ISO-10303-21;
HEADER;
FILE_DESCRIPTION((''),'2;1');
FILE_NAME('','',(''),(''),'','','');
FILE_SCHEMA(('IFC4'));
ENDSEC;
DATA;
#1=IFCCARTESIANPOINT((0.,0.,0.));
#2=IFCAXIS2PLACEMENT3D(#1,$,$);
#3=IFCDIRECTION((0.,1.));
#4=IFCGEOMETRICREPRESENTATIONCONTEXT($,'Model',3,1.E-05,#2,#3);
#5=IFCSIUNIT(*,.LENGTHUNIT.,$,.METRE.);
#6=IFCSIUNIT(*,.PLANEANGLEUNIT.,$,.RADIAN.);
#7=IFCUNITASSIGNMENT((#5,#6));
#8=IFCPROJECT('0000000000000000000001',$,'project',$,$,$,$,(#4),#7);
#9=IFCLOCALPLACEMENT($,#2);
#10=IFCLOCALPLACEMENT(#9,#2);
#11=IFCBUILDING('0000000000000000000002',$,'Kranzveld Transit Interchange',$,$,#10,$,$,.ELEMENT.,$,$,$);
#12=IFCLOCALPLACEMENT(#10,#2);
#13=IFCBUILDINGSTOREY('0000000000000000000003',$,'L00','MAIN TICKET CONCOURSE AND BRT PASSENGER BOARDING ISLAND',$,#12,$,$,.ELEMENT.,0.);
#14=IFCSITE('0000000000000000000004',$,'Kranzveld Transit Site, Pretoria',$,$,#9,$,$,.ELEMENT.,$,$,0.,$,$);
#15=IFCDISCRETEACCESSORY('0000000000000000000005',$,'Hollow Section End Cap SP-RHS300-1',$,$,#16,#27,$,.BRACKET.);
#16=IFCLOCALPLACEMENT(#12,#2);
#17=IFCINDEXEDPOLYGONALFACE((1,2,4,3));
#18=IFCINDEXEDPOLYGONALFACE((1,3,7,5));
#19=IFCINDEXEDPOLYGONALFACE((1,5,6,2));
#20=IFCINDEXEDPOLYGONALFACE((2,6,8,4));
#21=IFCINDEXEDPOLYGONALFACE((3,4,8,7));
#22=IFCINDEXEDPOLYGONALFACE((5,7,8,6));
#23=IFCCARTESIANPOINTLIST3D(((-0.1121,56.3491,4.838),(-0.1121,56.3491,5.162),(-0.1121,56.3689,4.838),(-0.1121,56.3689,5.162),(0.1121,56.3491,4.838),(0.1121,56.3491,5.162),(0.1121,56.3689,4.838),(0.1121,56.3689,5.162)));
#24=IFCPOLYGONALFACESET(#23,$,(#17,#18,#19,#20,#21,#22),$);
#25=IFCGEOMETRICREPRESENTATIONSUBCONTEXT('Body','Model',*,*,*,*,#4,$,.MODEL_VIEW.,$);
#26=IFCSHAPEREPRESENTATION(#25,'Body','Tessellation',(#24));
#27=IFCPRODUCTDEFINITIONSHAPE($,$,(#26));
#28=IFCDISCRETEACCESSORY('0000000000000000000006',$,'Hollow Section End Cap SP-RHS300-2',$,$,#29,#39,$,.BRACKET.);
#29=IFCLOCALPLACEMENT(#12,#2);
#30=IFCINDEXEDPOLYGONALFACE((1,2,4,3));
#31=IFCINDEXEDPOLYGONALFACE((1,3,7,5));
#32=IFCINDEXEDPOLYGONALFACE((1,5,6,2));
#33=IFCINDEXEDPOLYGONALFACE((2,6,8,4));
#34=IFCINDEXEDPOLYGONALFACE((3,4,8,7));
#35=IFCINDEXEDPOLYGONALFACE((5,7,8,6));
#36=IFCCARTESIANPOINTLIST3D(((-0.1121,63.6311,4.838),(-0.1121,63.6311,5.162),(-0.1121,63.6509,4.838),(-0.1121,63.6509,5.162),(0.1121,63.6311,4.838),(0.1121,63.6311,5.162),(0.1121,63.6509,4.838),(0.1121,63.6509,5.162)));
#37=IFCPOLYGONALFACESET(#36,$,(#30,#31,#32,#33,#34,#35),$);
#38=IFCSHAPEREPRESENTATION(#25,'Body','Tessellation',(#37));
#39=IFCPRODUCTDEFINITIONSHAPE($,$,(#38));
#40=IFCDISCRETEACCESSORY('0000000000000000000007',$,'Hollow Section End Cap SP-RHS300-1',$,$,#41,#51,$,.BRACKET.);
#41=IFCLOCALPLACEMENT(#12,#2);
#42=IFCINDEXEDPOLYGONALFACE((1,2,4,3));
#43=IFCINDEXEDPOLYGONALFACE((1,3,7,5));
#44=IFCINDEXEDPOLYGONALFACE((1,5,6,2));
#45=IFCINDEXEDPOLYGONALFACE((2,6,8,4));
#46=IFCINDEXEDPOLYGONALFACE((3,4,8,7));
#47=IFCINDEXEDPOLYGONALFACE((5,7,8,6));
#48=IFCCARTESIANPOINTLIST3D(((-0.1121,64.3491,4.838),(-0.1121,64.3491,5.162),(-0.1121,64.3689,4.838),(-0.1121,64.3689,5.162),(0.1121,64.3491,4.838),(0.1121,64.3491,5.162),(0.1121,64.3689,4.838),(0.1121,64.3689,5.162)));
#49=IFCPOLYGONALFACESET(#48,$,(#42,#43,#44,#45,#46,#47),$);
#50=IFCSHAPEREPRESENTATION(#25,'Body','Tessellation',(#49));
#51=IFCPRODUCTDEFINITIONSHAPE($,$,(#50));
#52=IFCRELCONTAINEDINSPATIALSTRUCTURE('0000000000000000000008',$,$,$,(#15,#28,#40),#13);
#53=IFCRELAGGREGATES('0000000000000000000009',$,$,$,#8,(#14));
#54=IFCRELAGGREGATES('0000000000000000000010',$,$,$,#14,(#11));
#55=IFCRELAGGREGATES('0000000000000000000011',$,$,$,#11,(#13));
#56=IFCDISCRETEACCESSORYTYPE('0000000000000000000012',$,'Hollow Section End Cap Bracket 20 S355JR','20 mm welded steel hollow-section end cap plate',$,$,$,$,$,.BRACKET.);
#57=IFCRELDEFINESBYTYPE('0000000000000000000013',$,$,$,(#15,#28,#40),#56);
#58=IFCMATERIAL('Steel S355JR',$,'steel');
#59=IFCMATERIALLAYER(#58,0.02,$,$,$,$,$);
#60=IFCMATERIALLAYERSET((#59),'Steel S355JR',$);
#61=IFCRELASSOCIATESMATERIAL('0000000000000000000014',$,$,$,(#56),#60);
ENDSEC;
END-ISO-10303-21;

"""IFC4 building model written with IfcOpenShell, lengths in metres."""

from ifc_helpers import new_model, si_unit, direction, frame, origin, origin_2d, place, context, subcontext, project, spatial, rectangle, extrude, material, layer, layer_set, type_object, element, save


model = new_model("IFC4")

# Units and contexts
model_context = context("Model", 3, precision=1e-05, world=origin(), true_north=direction((0.0, 1.0)))
body_context = subcontext(model_context, "Body", "Model", "MODEL_VIEW")
ifc_project = project(units=[si_unit("LENGTHUNIT", "METRE"), si_unit("PLANEANGLEUNIT", "RADIAN")], contexts=[model_context])

# Site, building, storey
site_placement = place(None, origin())
site = spatial("IfcSite", under=ifc_project, at=site_placement, Name="Kranzveld Transit Site, Pretoria", CompositionType="ELEMENT", RefElevation=0.0)
building_placement = place(site_placement, origin())
building = spatial("IfcBuilding", under=site, at=building_placement, Name="Kranzveld Transit Interchange", CompositionType="ELEMENT")
storey_placement = place(building_placement, origin())
storey = spatial("IfcBuildingStorey", under=building, at=storey_placement, Name="L00", Description="MAIN TICKET CONCOURSE AND BRT PASSENGER BOARDING ISLAND", CompositionType="ELEMENT", Elevation=0.0)

# Discrete accessories
ifc_material_1 = material(Name="Steel S355JR", Category="steel")
ifc_layer_1 = layer(ifc_material_1, 0.02)
ifc_layer_set_1 = layer_set([ifc_layer_1], Name="Steel S355JR")
discrete_accessory_type = type_object("IfcDiscreteAccessoryType", Name="Hollow Section End Cap Bracket 20 S355JR", Description="20 mm welded steel hollow-section end cap plate", PredefinedType="BRACKET", material=ifc_layer_set_1)
for number, where, z_axis, x_axis, name in (
    (1, (0.0, 56.3689, 5.0), (0.0, -1.0, 0.0), (1.0, 0.0, 0.0), "Hollow Section End Cap SP-RHS300-1"),
    (2, (0.0, 63.6311, 5.0), (0.0, 1.0, 0.0), (-1.0, 0.0, 0.0), "Hollow Section End Cap SP-RHS300-2"),
    (3, (0.0, 64.3689, 5.0), (0.0, -1.0, 0.0), (1.0, 0.0, 0.0), "Hollow Section End Cap SP-RHS300-1"),
):
    element("IfcDiscreteAccessory", number, at=place(storey_placement, frame(where, z_axis=z_axis, x_axis=x_axis)), inside=storey, type_object=discrete_accessory_type, Name=name, PredefinedType="BRACKET", context=body_context, shape_type="SweptSolid", body=[
        extrude(rectangle(XDim=0.2241, YDim=0.324, at=origin_2d()), origin(), (0.0, 0.0, 1.0), 0.0198),
    ])

save(model, "model.ifc")
